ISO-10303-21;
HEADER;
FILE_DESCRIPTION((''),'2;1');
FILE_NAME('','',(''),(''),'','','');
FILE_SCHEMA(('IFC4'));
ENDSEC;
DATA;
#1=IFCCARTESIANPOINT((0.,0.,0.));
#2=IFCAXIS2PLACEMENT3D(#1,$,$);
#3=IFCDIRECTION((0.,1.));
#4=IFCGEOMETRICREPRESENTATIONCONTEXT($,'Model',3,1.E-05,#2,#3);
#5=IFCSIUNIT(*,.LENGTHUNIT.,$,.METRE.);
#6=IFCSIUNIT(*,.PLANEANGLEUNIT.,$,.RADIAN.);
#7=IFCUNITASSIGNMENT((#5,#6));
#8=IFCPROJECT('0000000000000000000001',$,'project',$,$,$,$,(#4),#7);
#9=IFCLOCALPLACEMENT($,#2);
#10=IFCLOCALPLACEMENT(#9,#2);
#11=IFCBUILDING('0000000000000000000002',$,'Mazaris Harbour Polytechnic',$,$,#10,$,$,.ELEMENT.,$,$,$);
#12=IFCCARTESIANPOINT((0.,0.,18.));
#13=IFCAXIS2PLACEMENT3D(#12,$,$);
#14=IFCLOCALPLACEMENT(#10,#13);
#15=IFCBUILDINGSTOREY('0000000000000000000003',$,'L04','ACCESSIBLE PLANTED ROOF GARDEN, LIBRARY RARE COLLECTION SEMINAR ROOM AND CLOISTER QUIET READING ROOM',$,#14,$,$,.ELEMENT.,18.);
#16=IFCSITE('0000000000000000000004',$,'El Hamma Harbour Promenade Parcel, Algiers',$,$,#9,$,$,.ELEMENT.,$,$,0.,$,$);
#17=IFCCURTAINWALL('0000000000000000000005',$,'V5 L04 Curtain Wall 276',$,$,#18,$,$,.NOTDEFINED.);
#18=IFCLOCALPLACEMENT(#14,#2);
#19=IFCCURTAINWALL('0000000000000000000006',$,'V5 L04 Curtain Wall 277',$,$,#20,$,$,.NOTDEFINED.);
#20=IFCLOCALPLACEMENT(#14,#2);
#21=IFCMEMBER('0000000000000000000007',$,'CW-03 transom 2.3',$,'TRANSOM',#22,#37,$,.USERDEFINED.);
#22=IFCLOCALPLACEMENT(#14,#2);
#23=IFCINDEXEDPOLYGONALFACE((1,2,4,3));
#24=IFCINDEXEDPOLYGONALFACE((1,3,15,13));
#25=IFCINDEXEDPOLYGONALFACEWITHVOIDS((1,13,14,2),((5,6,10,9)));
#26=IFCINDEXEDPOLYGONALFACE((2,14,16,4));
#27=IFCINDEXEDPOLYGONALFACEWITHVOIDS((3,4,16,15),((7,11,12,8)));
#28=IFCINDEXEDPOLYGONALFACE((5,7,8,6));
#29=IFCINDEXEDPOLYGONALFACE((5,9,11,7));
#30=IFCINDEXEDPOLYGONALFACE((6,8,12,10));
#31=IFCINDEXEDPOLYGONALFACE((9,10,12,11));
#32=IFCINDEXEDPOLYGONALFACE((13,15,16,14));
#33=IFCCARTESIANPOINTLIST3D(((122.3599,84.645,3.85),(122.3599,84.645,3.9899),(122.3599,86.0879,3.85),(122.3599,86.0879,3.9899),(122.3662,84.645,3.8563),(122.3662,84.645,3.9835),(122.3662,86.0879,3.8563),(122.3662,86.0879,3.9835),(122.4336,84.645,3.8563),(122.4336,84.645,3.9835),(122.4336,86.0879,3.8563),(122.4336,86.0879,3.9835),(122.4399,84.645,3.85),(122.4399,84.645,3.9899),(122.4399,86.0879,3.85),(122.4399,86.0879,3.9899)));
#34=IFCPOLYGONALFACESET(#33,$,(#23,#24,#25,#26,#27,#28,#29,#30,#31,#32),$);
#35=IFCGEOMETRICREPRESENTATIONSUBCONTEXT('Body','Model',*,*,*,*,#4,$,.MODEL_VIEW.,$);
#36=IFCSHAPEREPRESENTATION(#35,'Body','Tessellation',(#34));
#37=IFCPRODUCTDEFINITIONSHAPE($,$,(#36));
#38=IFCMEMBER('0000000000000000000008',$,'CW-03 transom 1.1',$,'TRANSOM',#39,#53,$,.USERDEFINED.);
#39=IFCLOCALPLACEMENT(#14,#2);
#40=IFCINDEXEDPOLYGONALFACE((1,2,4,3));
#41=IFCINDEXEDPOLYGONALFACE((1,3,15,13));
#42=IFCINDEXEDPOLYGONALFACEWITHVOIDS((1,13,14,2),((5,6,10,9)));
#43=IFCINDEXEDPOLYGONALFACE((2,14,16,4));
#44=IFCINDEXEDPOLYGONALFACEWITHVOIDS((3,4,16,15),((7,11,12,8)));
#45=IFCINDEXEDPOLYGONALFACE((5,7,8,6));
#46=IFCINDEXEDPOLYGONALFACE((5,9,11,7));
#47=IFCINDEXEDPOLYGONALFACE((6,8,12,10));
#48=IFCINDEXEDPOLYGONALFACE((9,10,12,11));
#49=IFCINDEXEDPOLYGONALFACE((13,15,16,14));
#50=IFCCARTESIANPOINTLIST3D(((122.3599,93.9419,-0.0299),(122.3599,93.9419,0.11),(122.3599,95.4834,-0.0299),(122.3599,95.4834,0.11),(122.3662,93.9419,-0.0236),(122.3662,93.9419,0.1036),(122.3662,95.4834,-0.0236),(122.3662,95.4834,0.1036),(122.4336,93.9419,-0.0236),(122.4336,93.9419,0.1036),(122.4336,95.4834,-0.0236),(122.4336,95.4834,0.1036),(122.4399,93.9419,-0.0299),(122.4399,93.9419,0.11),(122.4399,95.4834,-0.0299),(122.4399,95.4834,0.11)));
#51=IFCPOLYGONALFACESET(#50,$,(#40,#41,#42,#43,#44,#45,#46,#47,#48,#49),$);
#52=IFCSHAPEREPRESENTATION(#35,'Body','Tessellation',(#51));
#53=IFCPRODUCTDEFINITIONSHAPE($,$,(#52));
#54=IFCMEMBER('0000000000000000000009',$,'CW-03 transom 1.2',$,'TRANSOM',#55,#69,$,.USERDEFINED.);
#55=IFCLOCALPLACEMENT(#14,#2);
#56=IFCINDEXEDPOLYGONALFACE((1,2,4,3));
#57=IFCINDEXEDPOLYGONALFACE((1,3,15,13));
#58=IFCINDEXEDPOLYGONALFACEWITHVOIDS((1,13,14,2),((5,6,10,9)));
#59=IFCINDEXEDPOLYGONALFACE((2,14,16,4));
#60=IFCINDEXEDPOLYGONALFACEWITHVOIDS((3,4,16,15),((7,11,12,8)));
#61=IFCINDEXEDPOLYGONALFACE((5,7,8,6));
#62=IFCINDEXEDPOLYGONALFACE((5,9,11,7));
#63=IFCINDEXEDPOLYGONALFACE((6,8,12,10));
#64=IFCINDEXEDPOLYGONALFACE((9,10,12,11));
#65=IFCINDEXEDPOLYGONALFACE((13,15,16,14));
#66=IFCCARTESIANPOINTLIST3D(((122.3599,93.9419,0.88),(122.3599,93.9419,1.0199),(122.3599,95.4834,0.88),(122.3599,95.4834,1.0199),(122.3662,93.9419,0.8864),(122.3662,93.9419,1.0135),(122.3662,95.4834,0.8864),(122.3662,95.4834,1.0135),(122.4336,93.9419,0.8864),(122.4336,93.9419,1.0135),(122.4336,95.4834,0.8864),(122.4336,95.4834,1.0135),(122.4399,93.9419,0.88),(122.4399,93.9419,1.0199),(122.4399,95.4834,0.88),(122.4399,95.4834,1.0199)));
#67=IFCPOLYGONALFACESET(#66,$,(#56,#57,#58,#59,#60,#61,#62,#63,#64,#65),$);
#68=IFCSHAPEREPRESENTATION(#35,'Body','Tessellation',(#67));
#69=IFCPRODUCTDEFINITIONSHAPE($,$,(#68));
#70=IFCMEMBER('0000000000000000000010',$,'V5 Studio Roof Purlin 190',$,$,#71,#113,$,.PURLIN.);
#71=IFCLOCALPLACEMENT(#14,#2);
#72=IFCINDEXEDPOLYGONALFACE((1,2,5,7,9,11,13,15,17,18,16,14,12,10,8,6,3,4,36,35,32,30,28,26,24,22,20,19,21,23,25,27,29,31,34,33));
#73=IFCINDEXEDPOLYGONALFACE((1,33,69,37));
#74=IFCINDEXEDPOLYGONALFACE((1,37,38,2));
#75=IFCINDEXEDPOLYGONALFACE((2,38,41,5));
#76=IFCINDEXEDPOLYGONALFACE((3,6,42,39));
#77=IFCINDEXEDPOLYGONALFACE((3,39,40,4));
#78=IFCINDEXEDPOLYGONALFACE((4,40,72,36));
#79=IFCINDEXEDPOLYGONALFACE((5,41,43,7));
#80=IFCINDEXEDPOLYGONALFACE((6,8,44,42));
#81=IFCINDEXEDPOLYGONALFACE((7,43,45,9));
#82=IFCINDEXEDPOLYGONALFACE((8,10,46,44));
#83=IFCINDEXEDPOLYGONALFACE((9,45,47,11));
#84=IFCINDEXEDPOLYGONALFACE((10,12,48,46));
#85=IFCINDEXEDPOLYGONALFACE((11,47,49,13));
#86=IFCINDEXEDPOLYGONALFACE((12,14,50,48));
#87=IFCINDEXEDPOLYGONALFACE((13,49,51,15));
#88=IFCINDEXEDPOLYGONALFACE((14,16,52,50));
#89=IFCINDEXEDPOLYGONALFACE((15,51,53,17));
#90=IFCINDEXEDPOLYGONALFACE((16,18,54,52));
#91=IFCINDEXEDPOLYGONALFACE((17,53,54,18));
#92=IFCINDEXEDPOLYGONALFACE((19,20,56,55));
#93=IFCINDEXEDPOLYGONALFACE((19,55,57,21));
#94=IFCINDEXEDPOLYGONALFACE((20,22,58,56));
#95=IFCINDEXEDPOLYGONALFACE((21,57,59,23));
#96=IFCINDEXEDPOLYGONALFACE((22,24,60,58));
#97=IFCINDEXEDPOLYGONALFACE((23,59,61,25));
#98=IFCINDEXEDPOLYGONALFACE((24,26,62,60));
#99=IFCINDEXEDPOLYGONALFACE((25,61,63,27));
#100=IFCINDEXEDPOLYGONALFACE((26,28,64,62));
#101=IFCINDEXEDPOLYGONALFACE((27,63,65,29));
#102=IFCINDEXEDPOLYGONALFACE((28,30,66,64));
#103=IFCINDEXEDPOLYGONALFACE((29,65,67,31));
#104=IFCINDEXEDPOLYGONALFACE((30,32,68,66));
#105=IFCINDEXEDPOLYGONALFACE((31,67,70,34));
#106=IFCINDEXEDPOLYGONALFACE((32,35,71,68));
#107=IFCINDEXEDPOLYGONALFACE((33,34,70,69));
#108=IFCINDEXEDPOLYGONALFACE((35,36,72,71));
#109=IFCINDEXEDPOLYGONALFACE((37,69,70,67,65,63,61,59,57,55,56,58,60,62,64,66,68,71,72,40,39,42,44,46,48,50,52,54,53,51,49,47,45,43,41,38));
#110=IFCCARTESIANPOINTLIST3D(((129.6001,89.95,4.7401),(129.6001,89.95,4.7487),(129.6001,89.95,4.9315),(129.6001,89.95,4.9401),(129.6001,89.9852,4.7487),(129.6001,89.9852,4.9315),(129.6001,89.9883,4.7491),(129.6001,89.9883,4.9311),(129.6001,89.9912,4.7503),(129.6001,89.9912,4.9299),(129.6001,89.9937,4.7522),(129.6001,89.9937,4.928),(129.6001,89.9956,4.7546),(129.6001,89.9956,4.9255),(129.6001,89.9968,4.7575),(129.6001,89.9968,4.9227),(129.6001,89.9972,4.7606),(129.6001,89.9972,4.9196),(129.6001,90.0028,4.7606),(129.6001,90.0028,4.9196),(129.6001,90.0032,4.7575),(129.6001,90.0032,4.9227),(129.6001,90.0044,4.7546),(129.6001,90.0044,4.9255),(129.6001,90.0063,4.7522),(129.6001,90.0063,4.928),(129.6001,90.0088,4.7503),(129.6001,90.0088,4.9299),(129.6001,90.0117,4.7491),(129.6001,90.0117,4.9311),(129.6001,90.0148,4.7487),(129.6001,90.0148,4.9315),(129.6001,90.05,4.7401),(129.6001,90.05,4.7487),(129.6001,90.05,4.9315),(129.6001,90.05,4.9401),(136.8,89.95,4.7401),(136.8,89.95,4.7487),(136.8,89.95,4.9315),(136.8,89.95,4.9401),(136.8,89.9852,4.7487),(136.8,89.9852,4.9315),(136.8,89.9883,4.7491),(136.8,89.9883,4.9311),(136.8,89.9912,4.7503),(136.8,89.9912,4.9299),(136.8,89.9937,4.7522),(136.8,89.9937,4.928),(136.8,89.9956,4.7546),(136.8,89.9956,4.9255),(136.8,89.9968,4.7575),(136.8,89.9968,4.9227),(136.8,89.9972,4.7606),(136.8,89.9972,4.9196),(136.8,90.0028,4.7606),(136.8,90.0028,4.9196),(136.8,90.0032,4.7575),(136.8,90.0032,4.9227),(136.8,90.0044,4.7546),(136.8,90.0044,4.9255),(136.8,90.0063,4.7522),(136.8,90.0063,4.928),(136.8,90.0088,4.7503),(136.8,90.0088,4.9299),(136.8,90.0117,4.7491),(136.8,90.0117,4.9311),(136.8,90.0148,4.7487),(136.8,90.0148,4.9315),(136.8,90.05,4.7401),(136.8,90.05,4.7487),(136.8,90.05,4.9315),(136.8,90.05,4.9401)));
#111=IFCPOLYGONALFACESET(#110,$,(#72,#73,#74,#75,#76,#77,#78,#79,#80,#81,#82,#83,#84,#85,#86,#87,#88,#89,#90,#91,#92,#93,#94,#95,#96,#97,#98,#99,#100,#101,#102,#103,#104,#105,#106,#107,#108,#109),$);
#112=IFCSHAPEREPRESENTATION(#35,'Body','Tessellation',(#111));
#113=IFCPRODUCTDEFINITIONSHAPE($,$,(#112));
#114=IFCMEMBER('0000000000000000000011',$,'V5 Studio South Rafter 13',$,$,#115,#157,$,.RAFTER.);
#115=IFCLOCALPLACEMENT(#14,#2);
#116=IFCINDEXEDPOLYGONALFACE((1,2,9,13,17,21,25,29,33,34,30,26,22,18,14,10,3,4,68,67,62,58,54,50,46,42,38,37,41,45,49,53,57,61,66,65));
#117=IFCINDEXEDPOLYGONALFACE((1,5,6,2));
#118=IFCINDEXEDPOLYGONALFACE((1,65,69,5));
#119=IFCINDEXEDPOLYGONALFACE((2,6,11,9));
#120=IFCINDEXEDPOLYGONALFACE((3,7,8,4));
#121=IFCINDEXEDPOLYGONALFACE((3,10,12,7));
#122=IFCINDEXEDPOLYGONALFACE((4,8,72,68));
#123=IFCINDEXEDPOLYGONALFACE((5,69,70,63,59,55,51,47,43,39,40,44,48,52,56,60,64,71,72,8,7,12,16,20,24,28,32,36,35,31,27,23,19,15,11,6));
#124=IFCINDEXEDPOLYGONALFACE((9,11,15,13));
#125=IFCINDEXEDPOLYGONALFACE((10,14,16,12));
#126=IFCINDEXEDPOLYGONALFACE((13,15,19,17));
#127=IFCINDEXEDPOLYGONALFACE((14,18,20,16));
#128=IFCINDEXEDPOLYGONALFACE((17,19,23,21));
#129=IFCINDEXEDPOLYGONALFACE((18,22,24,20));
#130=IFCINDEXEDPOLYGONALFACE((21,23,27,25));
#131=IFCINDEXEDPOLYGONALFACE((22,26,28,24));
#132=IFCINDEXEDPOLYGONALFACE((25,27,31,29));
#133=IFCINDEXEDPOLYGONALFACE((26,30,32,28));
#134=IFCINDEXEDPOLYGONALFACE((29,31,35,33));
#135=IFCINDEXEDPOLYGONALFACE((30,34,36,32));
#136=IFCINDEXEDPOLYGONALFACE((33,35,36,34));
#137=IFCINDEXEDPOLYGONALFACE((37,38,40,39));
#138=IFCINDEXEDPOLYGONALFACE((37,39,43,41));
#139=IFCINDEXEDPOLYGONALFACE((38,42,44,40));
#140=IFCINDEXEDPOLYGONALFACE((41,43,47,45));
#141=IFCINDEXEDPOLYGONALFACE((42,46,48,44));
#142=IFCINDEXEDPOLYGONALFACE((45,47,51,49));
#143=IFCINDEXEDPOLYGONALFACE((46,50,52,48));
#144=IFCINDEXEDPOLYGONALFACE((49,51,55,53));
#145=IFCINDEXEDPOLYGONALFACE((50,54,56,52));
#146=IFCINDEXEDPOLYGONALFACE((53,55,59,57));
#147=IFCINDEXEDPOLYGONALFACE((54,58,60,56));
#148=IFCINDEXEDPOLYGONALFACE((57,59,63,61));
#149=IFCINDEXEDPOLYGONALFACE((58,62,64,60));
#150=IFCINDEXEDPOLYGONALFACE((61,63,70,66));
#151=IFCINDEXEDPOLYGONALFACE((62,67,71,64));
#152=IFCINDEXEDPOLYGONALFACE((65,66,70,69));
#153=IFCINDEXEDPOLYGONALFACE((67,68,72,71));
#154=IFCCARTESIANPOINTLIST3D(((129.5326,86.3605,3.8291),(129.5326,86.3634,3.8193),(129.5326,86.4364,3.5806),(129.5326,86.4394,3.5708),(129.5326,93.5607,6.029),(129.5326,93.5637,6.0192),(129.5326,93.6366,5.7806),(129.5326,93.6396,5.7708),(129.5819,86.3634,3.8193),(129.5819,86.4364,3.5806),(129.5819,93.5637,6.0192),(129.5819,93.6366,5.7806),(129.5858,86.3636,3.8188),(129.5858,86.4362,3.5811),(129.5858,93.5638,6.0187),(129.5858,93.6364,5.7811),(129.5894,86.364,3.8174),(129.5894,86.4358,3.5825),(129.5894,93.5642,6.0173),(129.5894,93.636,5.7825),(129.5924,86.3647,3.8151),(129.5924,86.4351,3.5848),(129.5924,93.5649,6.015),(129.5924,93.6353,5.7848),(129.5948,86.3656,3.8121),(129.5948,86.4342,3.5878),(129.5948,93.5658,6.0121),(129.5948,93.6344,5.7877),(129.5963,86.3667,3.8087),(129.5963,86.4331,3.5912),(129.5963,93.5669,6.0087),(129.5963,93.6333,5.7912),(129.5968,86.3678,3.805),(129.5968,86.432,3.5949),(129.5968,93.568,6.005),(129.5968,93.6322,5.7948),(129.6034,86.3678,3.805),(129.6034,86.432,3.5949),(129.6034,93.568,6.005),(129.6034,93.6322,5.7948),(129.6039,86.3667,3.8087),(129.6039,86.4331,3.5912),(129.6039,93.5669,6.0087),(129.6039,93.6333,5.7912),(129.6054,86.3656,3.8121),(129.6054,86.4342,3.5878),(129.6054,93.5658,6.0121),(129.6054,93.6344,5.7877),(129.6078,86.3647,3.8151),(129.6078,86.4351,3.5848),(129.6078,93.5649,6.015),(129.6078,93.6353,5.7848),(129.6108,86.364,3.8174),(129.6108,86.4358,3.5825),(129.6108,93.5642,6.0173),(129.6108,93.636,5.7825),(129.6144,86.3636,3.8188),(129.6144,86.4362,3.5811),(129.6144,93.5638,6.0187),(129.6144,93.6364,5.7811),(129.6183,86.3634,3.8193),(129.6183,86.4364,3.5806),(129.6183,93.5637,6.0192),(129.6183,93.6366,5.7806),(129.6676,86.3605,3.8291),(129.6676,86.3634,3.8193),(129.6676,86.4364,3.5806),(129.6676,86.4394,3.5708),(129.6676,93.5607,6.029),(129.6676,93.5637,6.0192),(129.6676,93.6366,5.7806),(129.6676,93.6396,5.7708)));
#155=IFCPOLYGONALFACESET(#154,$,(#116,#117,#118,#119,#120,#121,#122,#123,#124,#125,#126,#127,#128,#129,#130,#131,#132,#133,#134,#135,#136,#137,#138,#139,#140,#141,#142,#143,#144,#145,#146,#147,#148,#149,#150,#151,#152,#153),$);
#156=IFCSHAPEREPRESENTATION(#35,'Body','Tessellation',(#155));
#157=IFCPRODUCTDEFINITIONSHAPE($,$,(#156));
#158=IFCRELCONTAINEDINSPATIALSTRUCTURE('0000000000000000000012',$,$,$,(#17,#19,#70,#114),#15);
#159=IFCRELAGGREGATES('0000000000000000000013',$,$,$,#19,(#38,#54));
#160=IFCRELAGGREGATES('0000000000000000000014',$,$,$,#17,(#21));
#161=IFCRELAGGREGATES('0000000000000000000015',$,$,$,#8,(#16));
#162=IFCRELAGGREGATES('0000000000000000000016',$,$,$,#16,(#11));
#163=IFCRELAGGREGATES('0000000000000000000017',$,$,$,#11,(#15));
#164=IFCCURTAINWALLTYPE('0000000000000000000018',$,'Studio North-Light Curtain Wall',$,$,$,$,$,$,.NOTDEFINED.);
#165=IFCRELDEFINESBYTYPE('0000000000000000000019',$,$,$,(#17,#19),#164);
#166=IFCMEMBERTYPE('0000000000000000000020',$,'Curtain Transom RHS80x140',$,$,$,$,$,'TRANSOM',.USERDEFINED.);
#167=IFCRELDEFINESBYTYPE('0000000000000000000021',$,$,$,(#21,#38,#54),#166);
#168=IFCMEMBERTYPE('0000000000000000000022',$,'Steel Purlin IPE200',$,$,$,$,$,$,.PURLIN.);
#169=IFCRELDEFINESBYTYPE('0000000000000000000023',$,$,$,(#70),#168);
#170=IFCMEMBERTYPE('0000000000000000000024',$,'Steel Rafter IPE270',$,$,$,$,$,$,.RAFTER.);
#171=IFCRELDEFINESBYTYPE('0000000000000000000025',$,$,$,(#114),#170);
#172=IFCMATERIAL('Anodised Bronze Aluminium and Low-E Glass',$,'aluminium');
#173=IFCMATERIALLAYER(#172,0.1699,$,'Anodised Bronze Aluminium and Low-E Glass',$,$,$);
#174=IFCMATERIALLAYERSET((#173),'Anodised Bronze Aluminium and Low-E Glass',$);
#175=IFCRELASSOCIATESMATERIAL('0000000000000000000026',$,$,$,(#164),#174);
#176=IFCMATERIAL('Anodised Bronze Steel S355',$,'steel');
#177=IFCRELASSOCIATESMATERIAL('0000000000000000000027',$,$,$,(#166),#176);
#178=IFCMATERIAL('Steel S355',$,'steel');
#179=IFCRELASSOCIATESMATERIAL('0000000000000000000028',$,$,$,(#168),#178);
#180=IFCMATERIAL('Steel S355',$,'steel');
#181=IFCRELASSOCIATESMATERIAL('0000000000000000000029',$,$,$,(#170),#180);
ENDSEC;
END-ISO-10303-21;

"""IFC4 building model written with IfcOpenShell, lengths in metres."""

from ifc_helpers import new_model, si_unit, direction, frame, origin, origin_2d, place, context, subcontext, project, spatial, hollow_rectangle, i_section, extrude, material, layer, layer_set, material_profile, profile_set, type_object, element, aggregate, save


model = new_model("IFC4")

# Units and contexts
model_context = context("Model", 3, precision=1e-05, world=origin(), true_north=direction((0.0, 1.0)))
body_context = subcontext(model_context, "Body", "Model", "MODEL_VIEW")
ifc_project = project(units=[si_unit("LENGTHUNIT", "METRE"), si_unit("PLANEANGLEUNIT", "RADIAN")], contexts=[model_context])

# Site, building, storey
site_placement = place(None, origin())
site = spatial("IfcSite", under=ifc_project, at=site_placement, Name="El Hamma Harbour Promenade Parcel, Algiers", CompositionType="ELEMENT", RefElevation=0.0)
building_placement = place(site_placement, origin())
building = spatial("IfcBuilding", under=site, at=building_placement, Name="Mazaris Harbour Polytechnic", CompositionType="ELEMENT")
storey_placement = place(building_placement, frame((0.0, 0.0, 18.0)))
storey = spatial("IfcBuildingStorey", under=building, at=storey_placement, Name="L04", Description="ACCESSIBLE PLANTED ROOF GARDEN, LIBRARY RARE COLLECTION SEMINAR ROOM AND CLOISTER QUIET READING ROOM", CompositionType="ELEMENT", Elevation=18.0)

# Curtain wall
ifc_material_1 = material(Name="Anodised Bronze Aluminium and Low-E Glass", Category="aluminium")
ifc_layer_1 = layer(ifc_material_1, 0.1699, Name="Anodised Bronze Aluminium and Low-E Glass")
ifc_layer_set_1 = layer_set([ifc_layer_1], Name="Anodised Bronze Aluminium and Low-E Glass")
curtain_wall_type = type_object("IfcCurtainWallType", Name="Studio North-Light Curtain Wall", PredefinedType="NOTDEFINED", material=ifc_layer_set_1)
curtain_wall_1_placement = place(storey_placement, origin())
curtain_wall_1 = element("IfcCurtainWall", 1, at=curtain_wall_1_placement, inside=storey, type_object=curtain_wall_type, Name="V5 L04 Curtain Wall 276", PredefinedType="NOTDEFINED")

# Curtain wall
curtain_wall_2_placement = place(storey_placement, origin())
curtain_wall_2 = element("IfcCurtainWall", 2, at=curtain_wall_2_placement, inside=storey, type_object=curtain_wall_type, Name="V5 L04 Curtain Wall 277", PredefinedType="NOTDEFINED")

# Members
ifc_material_2 = material(Name="Anodised Bronze Steel S355", Category="steel")
ifc_material_profile_1 = material_profile(ifc_material_2, hollow_rectangle(XDim=0.0801, YDim=0.1399, WallThickness=0.0063, at=origin_2d()), Name="RHS 80x140x6.3")
ifc_profile_set_1 = profile_set([ifc_material_profile_1], Name="Anodised Bronze Steel S355")
member_type_1 = type_object("IfcMemberType", Name="Curtain Transom RHS80x140", ElementType="TRANSOM", PredefinedType="USERDEFINED", material=ifc_profile_set_1)
member_1_placement = place(storey_placement, frame((122.3999, 84.645, 3.9199), z_axis=(0.0, 1.0, 0.0), x_axis=(-1.0, 0.0, 0.0)))
member_1 = element("IfcMember", 3, at=member_1_placement, type_object=member_type_1, Name="CW-03 transom 2.3", ObjectType="TRANSOM", PredefinedType="USERDEFINED", context=body_context, shape_type="SweptSolid", body=[
    extrude(hollow_rectangle(XDim=0.0801, YDim=0.1399, WallThickness=0.0063, at=origin_2d()), origin(), (0.0, 0.0, 1.0), 1.4429),
])
member_2_placement = place(storey_placement, frame((122.3999, 93.9419, 0.04), z_axis=(0.0, 1.0, 0.0), x_axis=(-1.0, 0.0, 0.0)))
member_2 = element("IfcMember", 4, at=member_2_placement, type_object=member_type_1, Name="CW-03 transom 1.1", ObjectType="TRANSOM", PredefinedType="USERDEFINED", context=body_context, shape_type="SweptSolid", body=[
    extrude(hollow_rectangle(XDim=0.0801, YDim=0.1399, WallThickness=0.0063, at=origin_2d()), origin(), (0.0, 0.0, 1.0), 1.5415),
])
member_3_placement = place(storey_placement, frame((122.3999, 93.9419, 0.95), z_axis=(0.0, 1.0, 0.0), x_axis=(-1.0, 0.0, 0.0)))
member_3 = element("IfcMember", 5, at=member_3_placement, type_object=member_type_1, Name="CW-03 transom 1.2", ObjectType="TRANSOM", PredefinedType="USERDEFINED", context=body_context, shape_type="SweptSolid", body=[
    extrude(hollow_rectangle(XDim=0.0801, YDim=0.1399, WallThickness=0.0063, at=origin_2d()), origin(), (0.0, 0.0, 1.0), 1.5415),
])
aggregate(curtain_wall_2, [member_2, member_3])

# Members
ifc_material_3 = material(Name="Steel S355", Category="steel")
ifc_material_profile_2 = material_profile(ifc_material_3, i_section(OverallWidth=0.1001, OverallDepth=0.2, WebThickness=0.0056, FlangeThickness=0.0085, FilletRadius=0.012, at=origin_2d()), Name="IPE 200")
ifc_profile_set_2 = profile_set([ifc_material_profile_2], Name="Steel S355")
member_type_2 = type_object("IfcMemberType", Name="Steel Purlin IPE200", PredefinedType="PURLIN", material=ifc_profile_set_2)
member_4_placement = place(storey_placement, frame((129.6001, 90.0, 4.8401), z_axis=(1.0, 0.0, 0.0), x_axis=(0.0, 1.0, 0.0)))
element("IfcMember", 6, at=member_4_placement, inside=storey, type_object=member_type_2, Name="V5 Studio Roof Purlin 190", PredefinedType="PURLIN", context=body_context, shape_type="SweptSolid", body=[
    extrude(i_section(OverallWidth=0.1001, OverallDepth=0.2, WebThickness=0.0056, FlangeThickness=0.0085, FilletRadius=0.012, at=origin_2d()), origin(), (0.0, 0.0, 1.0), 7.2),
])
ifc_material_4 = material(Name="Steel S355", Category="steel")
ifc_material_profile_3 = material_profile(ifc_material_4, i_section(OverallWidth=0.135, OverallDepth=0.27, WebThickness=0.0066, FlangeThickness=0.0103, FilletRadius=0.0149, at=origin_2d()), Name="IPE 270")
ifc_profile_set_3 = profile_set([ifc_material_profile_3], Name="Steel S355")
member_type_3 = type_object("IfcMemberType", Name="Steel Rafter IPE270", PredefinedType="RAFTER", material=ifc_profile_set_3)
member_5_placement = place(storey_placement, frame((129.6001, 86.3999, 3.7), z_axis=(0.0, 0.956356, 0.292205), x_axis=(-1.0, 0.0, 0.0)))
element("IfcMember", 7, at=member_5_placement, inside=storey, type_object=member_type_3, Name="V5 Studio South Rafter 13", PredefinedType="RAFTER", context=body_context, shape_type="SweptSolid", body=[
    extrude(i_section(OverallWidth=0.135, OverallDepth=0.27, WebThickness=0.0066, FlangeThickness=0.0103, FilletRadius=0.0149, at=origin_2d()), origin(), (0.0, 0.0, 1.0), 7.5288),
])

aggregate(curtain_wall_1, [member_1])

save(model, "model.ifc")
